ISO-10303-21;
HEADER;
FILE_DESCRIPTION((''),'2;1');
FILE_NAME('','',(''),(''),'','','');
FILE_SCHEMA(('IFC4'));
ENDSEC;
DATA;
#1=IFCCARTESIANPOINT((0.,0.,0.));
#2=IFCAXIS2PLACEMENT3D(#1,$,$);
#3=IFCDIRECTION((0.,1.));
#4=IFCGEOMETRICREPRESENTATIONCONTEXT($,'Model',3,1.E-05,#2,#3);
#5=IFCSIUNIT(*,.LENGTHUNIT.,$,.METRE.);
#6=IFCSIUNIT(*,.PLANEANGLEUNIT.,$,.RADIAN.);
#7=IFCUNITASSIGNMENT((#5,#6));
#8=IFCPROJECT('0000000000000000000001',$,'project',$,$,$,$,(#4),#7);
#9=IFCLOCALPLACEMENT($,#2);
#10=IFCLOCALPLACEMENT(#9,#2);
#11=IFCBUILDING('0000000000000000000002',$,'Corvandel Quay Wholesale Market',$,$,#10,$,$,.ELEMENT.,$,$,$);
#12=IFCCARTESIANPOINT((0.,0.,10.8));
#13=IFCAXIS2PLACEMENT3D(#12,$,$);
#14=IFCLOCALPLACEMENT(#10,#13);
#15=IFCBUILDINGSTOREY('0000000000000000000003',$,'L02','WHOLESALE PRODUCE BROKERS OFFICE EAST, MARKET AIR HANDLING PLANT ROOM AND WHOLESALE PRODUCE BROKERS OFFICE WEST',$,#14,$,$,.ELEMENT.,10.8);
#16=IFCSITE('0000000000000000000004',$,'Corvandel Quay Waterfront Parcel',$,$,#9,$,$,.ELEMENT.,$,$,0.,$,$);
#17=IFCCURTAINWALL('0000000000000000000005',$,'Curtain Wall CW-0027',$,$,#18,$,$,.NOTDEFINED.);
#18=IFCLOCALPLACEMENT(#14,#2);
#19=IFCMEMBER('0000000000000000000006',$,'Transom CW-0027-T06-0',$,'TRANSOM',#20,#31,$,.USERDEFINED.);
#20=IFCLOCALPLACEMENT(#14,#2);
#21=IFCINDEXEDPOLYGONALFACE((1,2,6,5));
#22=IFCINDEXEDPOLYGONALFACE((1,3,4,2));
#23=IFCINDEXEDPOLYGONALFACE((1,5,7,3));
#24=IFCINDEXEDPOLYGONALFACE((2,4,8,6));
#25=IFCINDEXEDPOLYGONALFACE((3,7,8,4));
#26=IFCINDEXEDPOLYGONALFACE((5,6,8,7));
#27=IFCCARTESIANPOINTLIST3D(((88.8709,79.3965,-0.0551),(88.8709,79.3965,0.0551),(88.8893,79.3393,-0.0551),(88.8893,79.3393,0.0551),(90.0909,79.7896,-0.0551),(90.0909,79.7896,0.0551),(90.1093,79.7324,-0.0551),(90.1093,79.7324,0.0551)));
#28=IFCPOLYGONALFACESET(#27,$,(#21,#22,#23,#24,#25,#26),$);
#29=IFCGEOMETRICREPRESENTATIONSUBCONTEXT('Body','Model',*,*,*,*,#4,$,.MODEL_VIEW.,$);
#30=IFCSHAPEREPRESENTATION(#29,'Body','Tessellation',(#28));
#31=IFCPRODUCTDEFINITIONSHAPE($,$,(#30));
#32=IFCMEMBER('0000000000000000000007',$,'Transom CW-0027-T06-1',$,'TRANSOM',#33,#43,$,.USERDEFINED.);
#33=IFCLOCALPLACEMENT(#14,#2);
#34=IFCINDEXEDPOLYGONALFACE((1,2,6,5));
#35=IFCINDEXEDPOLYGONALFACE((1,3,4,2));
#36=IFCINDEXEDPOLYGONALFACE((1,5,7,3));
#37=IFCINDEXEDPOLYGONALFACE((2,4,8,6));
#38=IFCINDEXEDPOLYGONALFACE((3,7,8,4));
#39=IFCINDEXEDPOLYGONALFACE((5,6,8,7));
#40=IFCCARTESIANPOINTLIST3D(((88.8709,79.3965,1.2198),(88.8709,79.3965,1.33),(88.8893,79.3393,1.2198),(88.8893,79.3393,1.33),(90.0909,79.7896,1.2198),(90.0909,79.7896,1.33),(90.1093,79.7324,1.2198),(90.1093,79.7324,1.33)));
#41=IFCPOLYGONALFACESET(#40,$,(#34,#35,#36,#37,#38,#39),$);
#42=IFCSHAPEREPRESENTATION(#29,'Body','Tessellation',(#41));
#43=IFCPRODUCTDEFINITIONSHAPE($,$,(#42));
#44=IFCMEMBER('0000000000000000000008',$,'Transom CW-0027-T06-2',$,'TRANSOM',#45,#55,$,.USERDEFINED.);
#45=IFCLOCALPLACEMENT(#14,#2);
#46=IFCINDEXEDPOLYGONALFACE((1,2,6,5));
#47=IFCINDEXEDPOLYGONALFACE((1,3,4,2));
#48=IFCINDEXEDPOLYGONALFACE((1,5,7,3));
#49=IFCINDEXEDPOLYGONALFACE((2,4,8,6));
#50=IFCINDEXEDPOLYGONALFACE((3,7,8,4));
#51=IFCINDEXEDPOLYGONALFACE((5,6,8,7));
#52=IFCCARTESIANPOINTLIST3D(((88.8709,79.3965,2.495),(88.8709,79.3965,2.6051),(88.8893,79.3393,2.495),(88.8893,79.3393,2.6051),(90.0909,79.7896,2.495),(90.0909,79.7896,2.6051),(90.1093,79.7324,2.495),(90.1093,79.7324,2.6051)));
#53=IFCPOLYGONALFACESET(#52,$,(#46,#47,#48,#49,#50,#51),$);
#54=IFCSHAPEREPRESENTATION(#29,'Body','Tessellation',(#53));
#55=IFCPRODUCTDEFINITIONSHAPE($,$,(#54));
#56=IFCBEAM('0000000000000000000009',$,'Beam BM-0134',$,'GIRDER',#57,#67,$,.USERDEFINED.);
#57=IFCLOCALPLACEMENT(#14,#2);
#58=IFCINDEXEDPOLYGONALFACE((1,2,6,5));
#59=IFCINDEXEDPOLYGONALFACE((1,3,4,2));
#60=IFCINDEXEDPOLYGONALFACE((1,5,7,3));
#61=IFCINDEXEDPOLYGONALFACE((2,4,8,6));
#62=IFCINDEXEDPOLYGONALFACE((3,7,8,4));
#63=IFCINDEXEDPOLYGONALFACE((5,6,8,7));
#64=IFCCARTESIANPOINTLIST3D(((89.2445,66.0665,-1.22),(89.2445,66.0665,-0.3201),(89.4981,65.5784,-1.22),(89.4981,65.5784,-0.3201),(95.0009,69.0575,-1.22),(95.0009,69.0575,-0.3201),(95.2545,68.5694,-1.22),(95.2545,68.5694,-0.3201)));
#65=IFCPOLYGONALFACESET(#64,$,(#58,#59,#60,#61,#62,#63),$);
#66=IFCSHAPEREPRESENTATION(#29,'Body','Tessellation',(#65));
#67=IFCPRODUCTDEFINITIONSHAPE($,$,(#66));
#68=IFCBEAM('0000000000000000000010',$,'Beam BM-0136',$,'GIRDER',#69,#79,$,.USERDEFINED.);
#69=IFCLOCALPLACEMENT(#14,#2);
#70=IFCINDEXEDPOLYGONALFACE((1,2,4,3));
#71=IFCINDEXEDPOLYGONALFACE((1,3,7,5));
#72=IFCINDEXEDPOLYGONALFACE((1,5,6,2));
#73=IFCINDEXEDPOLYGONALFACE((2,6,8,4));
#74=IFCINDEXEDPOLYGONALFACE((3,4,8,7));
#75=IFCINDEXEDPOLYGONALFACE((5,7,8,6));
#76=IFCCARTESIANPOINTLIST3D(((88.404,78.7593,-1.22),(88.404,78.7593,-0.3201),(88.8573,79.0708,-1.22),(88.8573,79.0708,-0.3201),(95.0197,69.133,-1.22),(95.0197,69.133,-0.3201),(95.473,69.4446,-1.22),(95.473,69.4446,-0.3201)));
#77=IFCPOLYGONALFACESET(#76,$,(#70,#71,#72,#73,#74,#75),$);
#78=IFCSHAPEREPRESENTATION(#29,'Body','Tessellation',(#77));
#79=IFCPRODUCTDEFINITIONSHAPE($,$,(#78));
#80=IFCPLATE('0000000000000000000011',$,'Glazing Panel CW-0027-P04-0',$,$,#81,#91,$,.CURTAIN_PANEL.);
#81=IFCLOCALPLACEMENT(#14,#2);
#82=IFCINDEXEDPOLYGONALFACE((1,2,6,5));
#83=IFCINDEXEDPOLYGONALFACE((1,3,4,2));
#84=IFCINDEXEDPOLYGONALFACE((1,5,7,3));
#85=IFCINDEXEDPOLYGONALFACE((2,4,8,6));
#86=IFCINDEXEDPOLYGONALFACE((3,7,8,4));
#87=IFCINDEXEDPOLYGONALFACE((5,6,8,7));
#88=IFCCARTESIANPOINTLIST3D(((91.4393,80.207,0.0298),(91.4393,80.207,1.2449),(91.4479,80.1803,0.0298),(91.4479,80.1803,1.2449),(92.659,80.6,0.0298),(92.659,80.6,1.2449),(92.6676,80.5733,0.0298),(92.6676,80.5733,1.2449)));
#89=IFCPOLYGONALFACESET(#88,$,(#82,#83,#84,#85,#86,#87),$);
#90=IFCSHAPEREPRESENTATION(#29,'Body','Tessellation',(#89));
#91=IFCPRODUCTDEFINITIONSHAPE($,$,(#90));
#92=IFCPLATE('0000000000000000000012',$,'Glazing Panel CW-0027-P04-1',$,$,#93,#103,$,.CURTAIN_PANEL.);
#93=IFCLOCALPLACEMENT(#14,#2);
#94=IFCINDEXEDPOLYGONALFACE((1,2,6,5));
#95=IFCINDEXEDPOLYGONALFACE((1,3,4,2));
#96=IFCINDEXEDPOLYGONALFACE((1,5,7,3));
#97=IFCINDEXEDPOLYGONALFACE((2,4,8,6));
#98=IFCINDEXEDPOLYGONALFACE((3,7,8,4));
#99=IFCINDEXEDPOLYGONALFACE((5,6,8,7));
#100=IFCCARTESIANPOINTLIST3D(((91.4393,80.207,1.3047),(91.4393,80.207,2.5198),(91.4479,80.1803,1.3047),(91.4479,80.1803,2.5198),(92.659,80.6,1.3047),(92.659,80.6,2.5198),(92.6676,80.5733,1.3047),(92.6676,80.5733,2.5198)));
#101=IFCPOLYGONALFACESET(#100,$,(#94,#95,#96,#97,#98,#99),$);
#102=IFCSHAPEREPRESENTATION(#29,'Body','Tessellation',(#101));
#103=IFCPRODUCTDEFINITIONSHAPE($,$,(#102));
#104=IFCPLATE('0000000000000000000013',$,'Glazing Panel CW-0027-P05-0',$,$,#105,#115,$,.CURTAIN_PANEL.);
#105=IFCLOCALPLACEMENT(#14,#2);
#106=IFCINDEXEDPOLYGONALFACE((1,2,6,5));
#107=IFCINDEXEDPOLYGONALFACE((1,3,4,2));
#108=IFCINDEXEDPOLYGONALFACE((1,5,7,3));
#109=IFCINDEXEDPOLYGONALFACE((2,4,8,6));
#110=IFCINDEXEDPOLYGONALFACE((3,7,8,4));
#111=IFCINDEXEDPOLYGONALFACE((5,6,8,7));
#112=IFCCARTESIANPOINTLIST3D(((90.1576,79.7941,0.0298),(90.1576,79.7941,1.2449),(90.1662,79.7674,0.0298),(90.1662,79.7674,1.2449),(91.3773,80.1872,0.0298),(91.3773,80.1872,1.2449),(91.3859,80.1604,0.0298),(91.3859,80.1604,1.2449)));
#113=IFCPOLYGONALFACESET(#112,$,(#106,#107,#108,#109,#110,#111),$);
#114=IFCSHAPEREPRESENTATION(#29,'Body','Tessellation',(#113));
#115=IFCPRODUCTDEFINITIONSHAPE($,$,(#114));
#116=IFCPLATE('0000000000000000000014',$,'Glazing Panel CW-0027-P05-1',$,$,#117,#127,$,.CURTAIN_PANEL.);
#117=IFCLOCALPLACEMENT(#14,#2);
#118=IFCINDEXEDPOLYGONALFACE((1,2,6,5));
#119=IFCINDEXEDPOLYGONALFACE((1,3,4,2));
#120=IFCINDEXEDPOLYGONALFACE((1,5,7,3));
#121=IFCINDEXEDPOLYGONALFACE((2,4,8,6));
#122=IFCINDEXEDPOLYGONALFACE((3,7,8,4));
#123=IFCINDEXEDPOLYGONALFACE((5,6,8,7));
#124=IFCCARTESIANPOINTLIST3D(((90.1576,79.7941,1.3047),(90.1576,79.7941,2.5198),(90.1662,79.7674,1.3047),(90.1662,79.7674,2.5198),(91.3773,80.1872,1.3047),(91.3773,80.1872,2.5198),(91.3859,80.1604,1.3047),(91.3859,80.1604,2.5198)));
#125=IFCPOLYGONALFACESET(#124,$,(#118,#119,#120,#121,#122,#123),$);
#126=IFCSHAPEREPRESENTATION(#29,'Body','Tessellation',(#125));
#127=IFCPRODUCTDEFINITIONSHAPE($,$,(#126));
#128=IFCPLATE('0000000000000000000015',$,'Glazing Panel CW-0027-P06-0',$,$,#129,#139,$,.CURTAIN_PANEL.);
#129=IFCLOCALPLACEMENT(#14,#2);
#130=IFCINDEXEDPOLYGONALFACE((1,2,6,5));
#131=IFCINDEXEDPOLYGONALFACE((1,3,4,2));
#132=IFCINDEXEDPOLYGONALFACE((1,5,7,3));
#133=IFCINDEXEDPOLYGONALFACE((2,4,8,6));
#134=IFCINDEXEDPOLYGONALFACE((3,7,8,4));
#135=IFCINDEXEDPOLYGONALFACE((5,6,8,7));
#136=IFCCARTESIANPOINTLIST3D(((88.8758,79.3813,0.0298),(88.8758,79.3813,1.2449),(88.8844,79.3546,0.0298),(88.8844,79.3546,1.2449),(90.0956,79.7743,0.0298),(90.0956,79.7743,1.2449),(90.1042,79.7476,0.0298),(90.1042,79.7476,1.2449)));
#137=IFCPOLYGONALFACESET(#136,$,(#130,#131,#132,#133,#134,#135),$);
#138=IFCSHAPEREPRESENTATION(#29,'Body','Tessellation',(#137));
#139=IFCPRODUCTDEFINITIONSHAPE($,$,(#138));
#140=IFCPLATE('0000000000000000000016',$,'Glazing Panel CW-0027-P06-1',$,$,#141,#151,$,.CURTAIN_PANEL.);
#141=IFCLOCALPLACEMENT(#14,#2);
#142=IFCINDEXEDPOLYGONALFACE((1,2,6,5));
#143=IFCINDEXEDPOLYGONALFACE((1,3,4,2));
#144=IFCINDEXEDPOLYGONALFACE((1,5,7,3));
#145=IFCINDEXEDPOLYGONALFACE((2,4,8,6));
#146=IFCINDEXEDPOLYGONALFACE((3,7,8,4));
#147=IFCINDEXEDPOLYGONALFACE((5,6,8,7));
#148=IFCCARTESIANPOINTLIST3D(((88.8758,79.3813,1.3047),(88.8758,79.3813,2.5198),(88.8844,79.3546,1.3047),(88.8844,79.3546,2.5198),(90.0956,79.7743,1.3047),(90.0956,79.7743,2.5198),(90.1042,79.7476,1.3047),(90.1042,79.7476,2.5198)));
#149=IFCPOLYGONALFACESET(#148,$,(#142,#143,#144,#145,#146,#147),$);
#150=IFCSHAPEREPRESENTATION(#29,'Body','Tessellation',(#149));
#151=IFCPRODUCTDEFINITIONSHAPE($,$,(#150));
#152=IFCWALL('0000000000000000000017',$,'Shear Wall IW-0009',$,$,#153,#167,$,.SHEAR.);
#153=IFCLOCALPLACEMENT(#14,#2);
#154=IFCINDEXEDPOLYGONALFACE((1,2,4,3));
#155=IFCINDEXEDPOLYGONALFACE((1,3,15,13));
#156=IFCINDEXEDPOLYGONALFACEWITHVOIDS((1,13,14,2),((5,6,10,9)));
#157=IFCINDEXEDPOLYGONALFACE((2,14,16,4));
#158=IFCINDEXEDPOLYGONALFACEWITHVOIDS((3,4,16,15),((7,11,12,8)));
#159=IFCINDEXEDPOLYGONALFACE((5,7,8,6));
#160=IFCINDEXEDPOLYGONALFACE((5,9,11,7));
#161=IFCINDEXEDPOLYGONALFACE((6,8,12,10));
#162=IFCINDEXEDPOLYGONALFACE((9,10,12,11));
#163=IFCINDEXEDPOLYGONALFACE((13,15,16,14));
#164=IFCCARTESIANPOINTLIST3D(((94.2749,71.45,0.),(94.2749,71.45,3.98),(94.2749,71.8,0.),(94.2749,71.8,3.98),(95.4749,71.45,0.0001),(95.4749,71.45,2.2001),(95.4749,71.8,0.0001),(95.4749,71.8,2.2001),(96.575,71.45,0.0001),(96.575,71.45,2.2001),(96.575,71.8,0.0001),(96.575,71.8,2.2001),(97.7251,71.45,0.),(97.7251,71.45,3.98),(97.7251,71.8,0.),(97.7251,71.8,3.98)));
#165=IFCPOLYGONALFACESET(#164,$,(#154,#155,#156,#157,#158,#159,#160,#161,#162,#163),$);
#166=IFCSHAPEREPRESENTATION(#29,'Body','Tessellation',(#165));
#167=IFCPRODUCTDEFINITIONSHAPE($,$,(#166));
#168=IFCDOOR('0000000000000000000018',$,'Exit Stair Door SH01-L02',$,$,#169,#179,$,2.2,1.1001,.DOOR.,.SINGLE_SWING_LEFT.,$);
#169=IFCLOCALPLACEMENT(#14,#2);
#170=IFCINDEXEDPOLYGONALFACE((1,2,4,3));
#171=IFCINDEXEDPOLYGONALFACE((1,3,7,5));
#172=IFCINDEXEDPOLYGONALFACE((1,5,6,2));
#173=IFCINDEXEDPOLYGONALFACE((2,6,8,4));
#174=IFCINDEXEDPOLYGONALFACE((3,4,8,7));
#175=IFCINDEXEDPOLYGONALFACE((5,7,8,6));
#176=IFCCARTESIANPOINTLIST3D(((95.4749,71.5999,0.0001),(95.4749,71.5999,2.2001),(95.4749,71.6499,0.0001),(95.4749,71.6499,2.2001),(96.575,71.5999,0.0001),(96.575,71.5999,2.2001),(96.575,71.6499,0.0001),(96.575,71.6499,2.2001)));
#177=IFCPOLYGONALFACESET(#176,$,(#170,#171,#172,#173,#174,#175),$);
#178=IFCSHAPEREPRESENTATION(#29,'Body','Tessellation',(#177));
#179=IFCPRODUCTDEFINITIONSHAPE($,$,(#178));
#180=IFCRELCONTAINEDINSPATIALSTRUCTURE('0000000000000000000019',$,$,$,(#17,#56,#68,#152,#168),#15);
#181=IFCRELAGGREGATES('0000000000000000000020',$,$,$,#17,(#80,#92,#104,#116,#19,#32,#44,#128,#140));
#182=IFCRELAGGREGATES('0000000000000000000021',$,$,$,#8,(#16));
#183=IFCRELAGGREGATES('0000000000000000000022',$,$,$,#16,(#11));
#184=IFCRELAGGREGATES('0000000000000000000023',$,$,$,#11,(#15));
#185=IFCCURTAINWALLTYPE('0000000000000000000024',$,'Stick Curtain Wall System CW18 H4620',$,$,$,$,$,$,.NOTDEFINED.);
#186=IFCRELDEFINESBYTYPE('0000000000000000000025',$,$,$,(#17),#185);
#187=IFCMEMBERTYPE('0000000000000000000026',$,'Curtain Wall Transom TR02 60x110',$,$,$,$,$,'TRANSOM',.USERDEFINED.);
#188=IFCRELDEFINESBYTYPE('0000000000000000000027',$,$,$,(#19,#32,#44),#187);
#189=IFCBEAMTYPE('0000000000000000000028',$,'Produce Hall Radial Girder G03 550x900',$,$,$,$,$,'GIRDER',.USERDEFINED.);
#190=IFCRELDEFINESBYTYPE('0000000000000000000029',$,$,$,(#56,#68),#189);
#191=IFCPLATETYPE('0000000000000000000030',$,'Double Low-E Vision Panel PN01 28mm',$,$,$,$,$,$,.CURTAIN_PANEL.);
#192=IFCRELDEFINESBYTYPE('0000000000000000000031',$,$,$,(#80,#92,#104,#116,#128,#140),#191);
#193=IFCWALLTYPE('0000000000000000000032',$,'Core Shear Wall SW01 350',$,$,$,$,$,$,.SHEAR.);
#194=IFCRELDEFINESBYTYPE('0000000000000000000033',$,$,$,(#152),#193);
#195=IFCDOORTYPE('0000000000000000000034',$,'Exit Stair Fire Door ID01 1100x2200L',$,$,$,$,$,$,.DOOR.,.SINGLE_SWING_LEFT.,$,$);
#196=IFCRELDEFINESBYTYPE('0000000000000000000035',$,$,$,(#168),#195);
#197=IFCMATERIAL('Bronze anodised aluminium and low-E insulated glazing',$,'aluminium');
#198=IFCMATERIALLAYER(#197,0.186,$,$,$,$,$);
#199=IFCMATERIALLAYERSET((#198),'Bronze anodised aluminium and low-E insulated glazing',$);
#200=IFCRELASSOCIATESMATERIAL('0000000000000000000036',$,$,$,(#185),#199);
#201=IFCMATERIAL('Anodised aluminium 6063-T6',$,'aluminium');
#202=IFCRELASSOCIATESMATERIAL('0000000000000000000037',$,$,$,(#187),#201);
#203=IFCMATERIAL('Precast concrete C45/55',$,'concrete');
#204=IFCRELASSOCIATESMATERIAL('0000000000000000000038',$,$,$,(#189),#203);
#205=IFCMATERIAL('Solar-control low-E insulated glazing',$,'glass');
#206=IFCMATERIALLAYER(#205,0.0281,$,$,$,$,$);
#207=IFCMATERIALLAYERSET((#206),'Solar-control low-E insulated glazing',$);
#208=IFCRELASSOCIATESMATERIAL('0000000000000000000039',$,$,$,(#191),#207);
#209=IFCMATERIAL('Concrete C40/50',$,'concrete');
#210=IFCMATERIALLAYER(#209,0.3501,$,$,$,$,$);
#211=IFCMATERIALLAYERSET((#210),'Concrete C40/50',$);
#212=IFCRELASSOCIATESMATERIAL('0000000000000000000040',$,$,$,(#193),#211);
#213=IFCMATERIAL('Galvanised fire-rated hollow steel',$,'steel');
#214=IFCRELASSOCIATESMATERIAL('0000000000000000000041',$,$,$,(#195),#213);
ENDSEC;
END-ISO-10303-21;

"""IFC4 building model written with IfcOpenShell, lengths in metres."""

from ifc_helpers import new_model, si_unit, direction, frame, frame_2d, origin, origin_2d, place, context, subcontext, project, spatial, rectangle, extrude, material, layer, layer_set, material_profile, profile_set, type_object, element, fill, aggregate, save


model = new_model("IFC4")

# Units and contexts
model_context = context("Model", 3, precision=1e-05, world=origin(), true_north=direction((0.0, 1.0)))
body_context = subcontext(model_context, "Body", "Model", "MODEL_VIEW")
ifc_project = project(units=[si_unit("LENGTHUNIT", "METRE"), si_unit("PLANEANGLEUNIT", "RADIAN")], contexts=[model_context])

# Site, building, storey
site_placement = place(None, origin())
site = spatial("IfcSite", under=ifc_project, at=site_placement, Name="Corvandel Quay Waterfront Parcel", CompositionType="ELEMENT", RefElevation=0.0)
building_placement = place(site_placement, origin())
building = spatial("IfcBuilding", under=site, at=building_placement, Name="Corvandel Quay Wholesale Market", CompositionType="ELEMENT")
storey_placement = place(building_placement, frame((0.0, 0.0, 10.8)))
storey = spatial("IfcBuildingStorey", under=building, at=storey_placement, Name="L02", Description="WHOLESALE PRODUCE BROKERS OFFICE EAST, MARKET AIR HANDLING PLANT ROOM AND WHOLESALE PRODUCE BROKERS OFFICE WEST", CompositionType="ELEMENT", Elevation=10.8)

# Shared definitions
ifc_material_1 = material(Name="Precast concrete C45/55", Category="concrete")

# Curtain wall
ifc_material_2 = material(Name="Bronze anodised aluminium and low-E insulated glazing", Category="aluminium")
ifc_layer_1 = layer(ifc_material_2, 0.186)
ifc_layer_set_1 = layer_set([ifc_layer_1], Name="Bronze anodised aluminium and low-E insulated glazing")
curtain_wall_type_1 = type_object("IfcCurtainWallType", Name="Stick Curtain Wall System CW18 H4620", PredefinedType="NOTDEFINED", material=ifc_layer_set_1)
curtain_wall_1_placement = place(storey_placement, origin())
curtain_wall_1 = element("IfcCurtainWall", 1, at=curtain_wall_1_placement, inside=storey, type_object=curtain_wall_type_1, Name="Curtain Wall CW-0027", PredefinedType="NOTDEFINED")
ifc_material_3 = material(Name="Anodised aluminium 6063-T6", Category="aluminium")

# Members
ifc_material_profile_1 = material_profile(ifc_material_3, rectangle(XDim=0.0601, YDim=0.1101, at=origin_2d()), Name="ALU-TRN-60x110")
ifc_profile_set_1 = profile_set([ifc_material_profile_1], Name="Anodised aluminium 6063-T6")
member_type_1 = type_object("IfcMemberType", Name="Curtain Wall Transom TR02 60x110", ElementType="TRANSOM", PredefinedType="USERDEFINED", material=ifc_profile_set_1)
member_1_placement = place(storey_placement, frame((90.1001, 79.761, 0.0), z_axis=(-0.951816, -0.306669, 0.0), x_axis=(0.306669, -0.951816, 0.0)))
member_1 = element("IfcMember", 2, at=member_1_placement, type_object=member_type_1, Name="Transom CW-0027-T06-0", ObjectType="TRANSOM", PredefinedType="USERDEFINED", context=body_context, shape_type="SweptSolid", body=[
    extrude(rectangle(XDim=0.0601, YDim=0.1101, at=origin_2d()), origin(), (0.0, 0.0, 1.0), 1.2817),
])
member_2_placement = place(storey_placement, frame((90.1001, 79.761, 1.2749), z_axis=(-0.951816, -0.306669, 0.0), x_axis=(0.306669, -0.951816, 0.0)))
member_2 = element("IfcMember", 3, at=member_2_placement, type_object=member_type_1, Name="Transom CW-0027-T06-1", ObjectType="TRANSOM", PredefinedType="USERDEFINED", context=body_context, shape_type="SweptSolid", body=[
    extrude(rectangle(XDim=0.0601, YDim=0.1101, at=origin_2d()), origin(), (0.0, 0.0, 1.0), 1.2817),
])
member_3_placement = place(storey_placement, frame((90.1001, 79.761, 2.55), z_axis=(-0.951816, -0.306669, 0.0), x_axis=(0.306669, -0.951816, 0.0)))
member_3 = element("IfcMember", 4, at=member_3_placement, type_object=member_type_1, Name="Transom CW-0027-T06-2", ObjectType="TRANSOM", PredefinedType="USERDEFINED", context=body_context, shape_type="SweptSolid", body=[
    extrude(rectangle(XDim=0.0601, YDim=0.1101, at=origin_2d()), origin(), (0.0, 0.0, 1.0), 1.2817),
])

# Beams
ifc_material_profile_2 = material_profile(ifc_material_1, rectangle(XDim=0.55, YDim=0.8999, at=origin_2d()), Name="PC-GIR-550x900")
ifc_profile_set_2 = profile_set([ifc_material_profile_2], Name="Precast concrete C45/55")
beam_type = type_object("IfcBeamType", Name="Produce Hall Radial Girder G03 550x900", ElementType="GIRDER", PredefinedType="USERDEFINED", material=ifc_profile_set_2)
beam_1_placement = place(storey_placement, frame((95.1277, 68.8135, -0.77), z_axis=(-0.887364, -0.46107, 0.0), x_axis=(0.46107, -0.887364, 0.0)))
element("IfcBeam", 5, at=beam_1_placement, inside=storey, type_object=beam_type, Name="Beam BM-0134", ObjectType="GIRDER", PredefinedType="USERDEFINED", context=body_context, shape_type="SweptSolid", body=[
    extrude(rectangle(XDim=0.55, YDim=0.8999, at=origin_2d()), origin(), (0.0, 0.0, 1.0), 6.4871),
])
beam_2_placement = place(storey_placement, frame((88.6306, 78.915, -0.77), z_axis=(0.566395, -0.824134, 0.0), x_axis=(0.824134, 0.566395, 0.0)))
element("IfcBeam", 6, at=beam_2_placement, inside=storey, type_object=beam_type, Name="Beam BM-0136", ObjectType="GIRDER", PredefinedType="USERDEFINED", context=body_context, shape_type="SweptSolid", body=[
    extrude(rectangle(XDim=0.55, YDim=0.8999, at=origin_2d()), origin(), (0.0, 0.0, 1.0), 11.6804),
])

# Plates
ifc_material_4 = material(Name="Solar-control low-E insulated glazing", Category="glass")
ifc_layer_2 = layer(ifc_material_4, 0.0281)
ifc_layer_set_2 = layer_set([ifc_layer_2], Name="Solar-control low-E insulated glazing")
plate_type = type_object("IfcPlateType", Name="Double Low-E Vision Panel PN01 28mm", PredefinedType="CURTAIN_PANEL", material=ifc_layer_set_2)
plate_1_placement = place(storey_placement, frame((92.0535, 80.3901, 0.0298), z_axis=(0.0, 0.0, 1.0), x_axis=(0.951809, 0.306692, 0.0)))
plate_1 = element("IfcPlate", 7, at=plate_1_placement, type_object=plate_type, Name="Glazing Panel CW-0027-P04-0", PredefinedType="CURTAIN_PANEL", context=body_context, shape_type="SweptSolid", body=[
    extrude(rectangle(XDim=1.2815, YDim=0.0281, at=origin_2d()), origin(), (0.0, 0.0, 1.0), 1.2151),
])
plate_2_placement = place(storey_placement, frame((92.0535, 80.3901, 1.3047), z_axis=(0.0, 0.0, 1.0), x_axis=(0.951809, 0.306692, 0.0)))
plate_2 = element("IfcPlate", 8, at=plate_2_placement, type_object=plate_type, Name="Glazing Panel CW-0027-P04-1", PredefinedType="CURTAIN_PANEL", context=body_context, shape_type="SweptSolid", body=[
    extrude(rectangle(XDim=1.2815, YDim=0.0281, at=origin_2d()), origin(), (0.0, 0.0, 1.0), 1.2151),
])
plate_3_placement = place(storey_placement, frame((90.7717, 79.9773, 0.0298), z_axis=(0.0, 0.0, 1.0), x_axis=(0.951809, 0.306692, 0.0)))
plate_3 = element("IfcPlate", 9, at=plate_3_placement, type_object=plate_type, Name="Glazing Panel CW-0027-P05-0", PredefinedType="CURTAIN_PANEL", context=body_context, shape_type="SweptSolid", body=[
    extrude(rectangle(XDim=1.2815, YDim=0.0281, at=origin_2d()), origin(), (0.0, 0.0, 1.0), 1.2151),
])
plate_4_placement = place(storey_placement, frame((90.7717, 79.9773, 1.3047), z_axis=(0.0, 0.0, 1.0), x_axis=(0.951809, 0.306692, 0.0)))
plate_4 = element("IfcPlate", 10, at=plate_4_placement, type_object=plate_type, Name="Glazing Panel CW-0027-P05-1", PredefinedType="CURTAIN_PANEL", context=body_context, shape_type="SweptSolid", body=[
    extrude(rectangle(XDim=1.2815, YDim=0.0281, at=origin_2d()), origin(), (0.0, 0.0, 1.0), 1.2151),
])
plate_5_placement = place(storey_placement, frame((89.49, 79.5645, 0.0298), z_axis=(0.0, 0.0, 1.0), x_axis=(0.951809, 0.306692, 0.0)))
plate_5 = element("IfcPlate", 11, at=plate_5_placement, type_object=plate_type, Name="Glazing Panel CW-0027-P06-0", PredefinedType="CURTAIN_PANEL", context=body_context, shape_type="SweptSolid", body=[
    extrude(rectangle(XDim=1.2815, YDim=0.0281, at=origin_2d()), origin(), (0.0, 0.0, 1.0), 1.2151),
])
plate_6_placement = place(storey_placement, frame((89.49, 79.5645, 1.3047), z_axis=(0.0, 0.0, 1.0), x_axis=(0.951809, 0.306692, 0.0)))
plate_6 = element("IfcPlate", 12, at=plate_6_placement, type_object=plate_type, Name="Glazing Panel CW-0027-P06-1", PredefinedType="CURTAIN_PANEL", context=body_context, shape_type="SweptSolid", body=[
    extrude(rectangle(XDim=1.2815, YDim=0.0281, at=origin_2d()), origin(), (0.0, 0.0, 1.0), 1.2151),
])
aggregate(curtain_wall_1, [plate_1, plate_2, plate_3, plate_4, member_1, member_2, member_3, plate_5, plate_6])

# Wall, opening, door
ifc_material_5 = material(Name="Concrete C40/50", Category="concrete")
ifc_layer_3 = layer(ifc_material_5, 0.3501)
ifc_layer_set_3 = layer_set([ifc_layer_3], Name="Concrete C40/50")
wall_type_1 = type_object("IfcWallType", Name="Core Shear Wall SW01 350", PredefinedType="SHEAR", material=ifc_layer_set_3)
wall_1_placement = place(storey_placement, frame((94.2749, 71.625, 0.0), z_axis=(0.0, 0.0, 1.0), x_axis=(1.0, 0.0, 0.0)))
wall_1 = element("IfcWall", 13, at=wall_1_placement, inside=storey, type_object=wall_type_1, Name="Shear Wall IW-0009", PredefinedType="SHEAR", context=body_context, shape_type="SweptSolid", body=[
    extrude(rectangle(XDim=3.4502, YDim=0.3501, at=frame_2d((1.7251, 0.0))), origin(), (0.0, 0.0, 1.0), 3.98),
])
opening_1_placement = place(wall_1_placement, frame((1.2, 0.0, 0.0)))
opening_1 = element("IfcOpeningElement", 14, at=opening_1_placement, cuts=wall_1, PredefinedType="OPENING", context=body_context, shape_type="SweptSolid", body=[
    extrude(rectangle(XDim=1.1001, YDim=2.2, at=frame_2d((0.55, 1.1001))), frame((0.0, 0.1851, 0.0), z_axis=(0.0, -1.0, 0.0), x_axis=(1.0, 0.0, 0.0)), (0.0, 0.0, 1.0), 0.3701),
])
ifc_material_6 = material(Name="Galvanised fire-rated hollow steel", Category="steel")
door_type = type_object("IfcDoorType", Name="Exit Stair Fire Door ID01 1100x2200L", OperationType="SINGLE_SWING_LEFT", PredefinedType="DOOR", material=ifc_material_6)
door_placement = place(opening_1_placement, origin())
door = element("IfcDoor", 15, at=door_placement, inside=storey, type_object=door_type, Name="Exit Stair Door SH01-L02", OperationType="SINGLE_SWING_LEFT", OverallHeight=2.2, OverallWidth=1.1001, PredefinedType="DOOR", context=body_context, shape_type="SweptSolid", body=[
    extrude(rectangle(XDim=1.1001, YDim=2.2, at=frame_2d((0.55, 1.1001))), frame((0.0, 0.0249, 0.0), z_axis=(0.0, -1.0, 0.0), x_axis=(1.0, 0.0, 0.0)), (0.0, 0.0, 1.0), 0.05),
])
fill(opening_1, door)

save(model, "model.ifc")
